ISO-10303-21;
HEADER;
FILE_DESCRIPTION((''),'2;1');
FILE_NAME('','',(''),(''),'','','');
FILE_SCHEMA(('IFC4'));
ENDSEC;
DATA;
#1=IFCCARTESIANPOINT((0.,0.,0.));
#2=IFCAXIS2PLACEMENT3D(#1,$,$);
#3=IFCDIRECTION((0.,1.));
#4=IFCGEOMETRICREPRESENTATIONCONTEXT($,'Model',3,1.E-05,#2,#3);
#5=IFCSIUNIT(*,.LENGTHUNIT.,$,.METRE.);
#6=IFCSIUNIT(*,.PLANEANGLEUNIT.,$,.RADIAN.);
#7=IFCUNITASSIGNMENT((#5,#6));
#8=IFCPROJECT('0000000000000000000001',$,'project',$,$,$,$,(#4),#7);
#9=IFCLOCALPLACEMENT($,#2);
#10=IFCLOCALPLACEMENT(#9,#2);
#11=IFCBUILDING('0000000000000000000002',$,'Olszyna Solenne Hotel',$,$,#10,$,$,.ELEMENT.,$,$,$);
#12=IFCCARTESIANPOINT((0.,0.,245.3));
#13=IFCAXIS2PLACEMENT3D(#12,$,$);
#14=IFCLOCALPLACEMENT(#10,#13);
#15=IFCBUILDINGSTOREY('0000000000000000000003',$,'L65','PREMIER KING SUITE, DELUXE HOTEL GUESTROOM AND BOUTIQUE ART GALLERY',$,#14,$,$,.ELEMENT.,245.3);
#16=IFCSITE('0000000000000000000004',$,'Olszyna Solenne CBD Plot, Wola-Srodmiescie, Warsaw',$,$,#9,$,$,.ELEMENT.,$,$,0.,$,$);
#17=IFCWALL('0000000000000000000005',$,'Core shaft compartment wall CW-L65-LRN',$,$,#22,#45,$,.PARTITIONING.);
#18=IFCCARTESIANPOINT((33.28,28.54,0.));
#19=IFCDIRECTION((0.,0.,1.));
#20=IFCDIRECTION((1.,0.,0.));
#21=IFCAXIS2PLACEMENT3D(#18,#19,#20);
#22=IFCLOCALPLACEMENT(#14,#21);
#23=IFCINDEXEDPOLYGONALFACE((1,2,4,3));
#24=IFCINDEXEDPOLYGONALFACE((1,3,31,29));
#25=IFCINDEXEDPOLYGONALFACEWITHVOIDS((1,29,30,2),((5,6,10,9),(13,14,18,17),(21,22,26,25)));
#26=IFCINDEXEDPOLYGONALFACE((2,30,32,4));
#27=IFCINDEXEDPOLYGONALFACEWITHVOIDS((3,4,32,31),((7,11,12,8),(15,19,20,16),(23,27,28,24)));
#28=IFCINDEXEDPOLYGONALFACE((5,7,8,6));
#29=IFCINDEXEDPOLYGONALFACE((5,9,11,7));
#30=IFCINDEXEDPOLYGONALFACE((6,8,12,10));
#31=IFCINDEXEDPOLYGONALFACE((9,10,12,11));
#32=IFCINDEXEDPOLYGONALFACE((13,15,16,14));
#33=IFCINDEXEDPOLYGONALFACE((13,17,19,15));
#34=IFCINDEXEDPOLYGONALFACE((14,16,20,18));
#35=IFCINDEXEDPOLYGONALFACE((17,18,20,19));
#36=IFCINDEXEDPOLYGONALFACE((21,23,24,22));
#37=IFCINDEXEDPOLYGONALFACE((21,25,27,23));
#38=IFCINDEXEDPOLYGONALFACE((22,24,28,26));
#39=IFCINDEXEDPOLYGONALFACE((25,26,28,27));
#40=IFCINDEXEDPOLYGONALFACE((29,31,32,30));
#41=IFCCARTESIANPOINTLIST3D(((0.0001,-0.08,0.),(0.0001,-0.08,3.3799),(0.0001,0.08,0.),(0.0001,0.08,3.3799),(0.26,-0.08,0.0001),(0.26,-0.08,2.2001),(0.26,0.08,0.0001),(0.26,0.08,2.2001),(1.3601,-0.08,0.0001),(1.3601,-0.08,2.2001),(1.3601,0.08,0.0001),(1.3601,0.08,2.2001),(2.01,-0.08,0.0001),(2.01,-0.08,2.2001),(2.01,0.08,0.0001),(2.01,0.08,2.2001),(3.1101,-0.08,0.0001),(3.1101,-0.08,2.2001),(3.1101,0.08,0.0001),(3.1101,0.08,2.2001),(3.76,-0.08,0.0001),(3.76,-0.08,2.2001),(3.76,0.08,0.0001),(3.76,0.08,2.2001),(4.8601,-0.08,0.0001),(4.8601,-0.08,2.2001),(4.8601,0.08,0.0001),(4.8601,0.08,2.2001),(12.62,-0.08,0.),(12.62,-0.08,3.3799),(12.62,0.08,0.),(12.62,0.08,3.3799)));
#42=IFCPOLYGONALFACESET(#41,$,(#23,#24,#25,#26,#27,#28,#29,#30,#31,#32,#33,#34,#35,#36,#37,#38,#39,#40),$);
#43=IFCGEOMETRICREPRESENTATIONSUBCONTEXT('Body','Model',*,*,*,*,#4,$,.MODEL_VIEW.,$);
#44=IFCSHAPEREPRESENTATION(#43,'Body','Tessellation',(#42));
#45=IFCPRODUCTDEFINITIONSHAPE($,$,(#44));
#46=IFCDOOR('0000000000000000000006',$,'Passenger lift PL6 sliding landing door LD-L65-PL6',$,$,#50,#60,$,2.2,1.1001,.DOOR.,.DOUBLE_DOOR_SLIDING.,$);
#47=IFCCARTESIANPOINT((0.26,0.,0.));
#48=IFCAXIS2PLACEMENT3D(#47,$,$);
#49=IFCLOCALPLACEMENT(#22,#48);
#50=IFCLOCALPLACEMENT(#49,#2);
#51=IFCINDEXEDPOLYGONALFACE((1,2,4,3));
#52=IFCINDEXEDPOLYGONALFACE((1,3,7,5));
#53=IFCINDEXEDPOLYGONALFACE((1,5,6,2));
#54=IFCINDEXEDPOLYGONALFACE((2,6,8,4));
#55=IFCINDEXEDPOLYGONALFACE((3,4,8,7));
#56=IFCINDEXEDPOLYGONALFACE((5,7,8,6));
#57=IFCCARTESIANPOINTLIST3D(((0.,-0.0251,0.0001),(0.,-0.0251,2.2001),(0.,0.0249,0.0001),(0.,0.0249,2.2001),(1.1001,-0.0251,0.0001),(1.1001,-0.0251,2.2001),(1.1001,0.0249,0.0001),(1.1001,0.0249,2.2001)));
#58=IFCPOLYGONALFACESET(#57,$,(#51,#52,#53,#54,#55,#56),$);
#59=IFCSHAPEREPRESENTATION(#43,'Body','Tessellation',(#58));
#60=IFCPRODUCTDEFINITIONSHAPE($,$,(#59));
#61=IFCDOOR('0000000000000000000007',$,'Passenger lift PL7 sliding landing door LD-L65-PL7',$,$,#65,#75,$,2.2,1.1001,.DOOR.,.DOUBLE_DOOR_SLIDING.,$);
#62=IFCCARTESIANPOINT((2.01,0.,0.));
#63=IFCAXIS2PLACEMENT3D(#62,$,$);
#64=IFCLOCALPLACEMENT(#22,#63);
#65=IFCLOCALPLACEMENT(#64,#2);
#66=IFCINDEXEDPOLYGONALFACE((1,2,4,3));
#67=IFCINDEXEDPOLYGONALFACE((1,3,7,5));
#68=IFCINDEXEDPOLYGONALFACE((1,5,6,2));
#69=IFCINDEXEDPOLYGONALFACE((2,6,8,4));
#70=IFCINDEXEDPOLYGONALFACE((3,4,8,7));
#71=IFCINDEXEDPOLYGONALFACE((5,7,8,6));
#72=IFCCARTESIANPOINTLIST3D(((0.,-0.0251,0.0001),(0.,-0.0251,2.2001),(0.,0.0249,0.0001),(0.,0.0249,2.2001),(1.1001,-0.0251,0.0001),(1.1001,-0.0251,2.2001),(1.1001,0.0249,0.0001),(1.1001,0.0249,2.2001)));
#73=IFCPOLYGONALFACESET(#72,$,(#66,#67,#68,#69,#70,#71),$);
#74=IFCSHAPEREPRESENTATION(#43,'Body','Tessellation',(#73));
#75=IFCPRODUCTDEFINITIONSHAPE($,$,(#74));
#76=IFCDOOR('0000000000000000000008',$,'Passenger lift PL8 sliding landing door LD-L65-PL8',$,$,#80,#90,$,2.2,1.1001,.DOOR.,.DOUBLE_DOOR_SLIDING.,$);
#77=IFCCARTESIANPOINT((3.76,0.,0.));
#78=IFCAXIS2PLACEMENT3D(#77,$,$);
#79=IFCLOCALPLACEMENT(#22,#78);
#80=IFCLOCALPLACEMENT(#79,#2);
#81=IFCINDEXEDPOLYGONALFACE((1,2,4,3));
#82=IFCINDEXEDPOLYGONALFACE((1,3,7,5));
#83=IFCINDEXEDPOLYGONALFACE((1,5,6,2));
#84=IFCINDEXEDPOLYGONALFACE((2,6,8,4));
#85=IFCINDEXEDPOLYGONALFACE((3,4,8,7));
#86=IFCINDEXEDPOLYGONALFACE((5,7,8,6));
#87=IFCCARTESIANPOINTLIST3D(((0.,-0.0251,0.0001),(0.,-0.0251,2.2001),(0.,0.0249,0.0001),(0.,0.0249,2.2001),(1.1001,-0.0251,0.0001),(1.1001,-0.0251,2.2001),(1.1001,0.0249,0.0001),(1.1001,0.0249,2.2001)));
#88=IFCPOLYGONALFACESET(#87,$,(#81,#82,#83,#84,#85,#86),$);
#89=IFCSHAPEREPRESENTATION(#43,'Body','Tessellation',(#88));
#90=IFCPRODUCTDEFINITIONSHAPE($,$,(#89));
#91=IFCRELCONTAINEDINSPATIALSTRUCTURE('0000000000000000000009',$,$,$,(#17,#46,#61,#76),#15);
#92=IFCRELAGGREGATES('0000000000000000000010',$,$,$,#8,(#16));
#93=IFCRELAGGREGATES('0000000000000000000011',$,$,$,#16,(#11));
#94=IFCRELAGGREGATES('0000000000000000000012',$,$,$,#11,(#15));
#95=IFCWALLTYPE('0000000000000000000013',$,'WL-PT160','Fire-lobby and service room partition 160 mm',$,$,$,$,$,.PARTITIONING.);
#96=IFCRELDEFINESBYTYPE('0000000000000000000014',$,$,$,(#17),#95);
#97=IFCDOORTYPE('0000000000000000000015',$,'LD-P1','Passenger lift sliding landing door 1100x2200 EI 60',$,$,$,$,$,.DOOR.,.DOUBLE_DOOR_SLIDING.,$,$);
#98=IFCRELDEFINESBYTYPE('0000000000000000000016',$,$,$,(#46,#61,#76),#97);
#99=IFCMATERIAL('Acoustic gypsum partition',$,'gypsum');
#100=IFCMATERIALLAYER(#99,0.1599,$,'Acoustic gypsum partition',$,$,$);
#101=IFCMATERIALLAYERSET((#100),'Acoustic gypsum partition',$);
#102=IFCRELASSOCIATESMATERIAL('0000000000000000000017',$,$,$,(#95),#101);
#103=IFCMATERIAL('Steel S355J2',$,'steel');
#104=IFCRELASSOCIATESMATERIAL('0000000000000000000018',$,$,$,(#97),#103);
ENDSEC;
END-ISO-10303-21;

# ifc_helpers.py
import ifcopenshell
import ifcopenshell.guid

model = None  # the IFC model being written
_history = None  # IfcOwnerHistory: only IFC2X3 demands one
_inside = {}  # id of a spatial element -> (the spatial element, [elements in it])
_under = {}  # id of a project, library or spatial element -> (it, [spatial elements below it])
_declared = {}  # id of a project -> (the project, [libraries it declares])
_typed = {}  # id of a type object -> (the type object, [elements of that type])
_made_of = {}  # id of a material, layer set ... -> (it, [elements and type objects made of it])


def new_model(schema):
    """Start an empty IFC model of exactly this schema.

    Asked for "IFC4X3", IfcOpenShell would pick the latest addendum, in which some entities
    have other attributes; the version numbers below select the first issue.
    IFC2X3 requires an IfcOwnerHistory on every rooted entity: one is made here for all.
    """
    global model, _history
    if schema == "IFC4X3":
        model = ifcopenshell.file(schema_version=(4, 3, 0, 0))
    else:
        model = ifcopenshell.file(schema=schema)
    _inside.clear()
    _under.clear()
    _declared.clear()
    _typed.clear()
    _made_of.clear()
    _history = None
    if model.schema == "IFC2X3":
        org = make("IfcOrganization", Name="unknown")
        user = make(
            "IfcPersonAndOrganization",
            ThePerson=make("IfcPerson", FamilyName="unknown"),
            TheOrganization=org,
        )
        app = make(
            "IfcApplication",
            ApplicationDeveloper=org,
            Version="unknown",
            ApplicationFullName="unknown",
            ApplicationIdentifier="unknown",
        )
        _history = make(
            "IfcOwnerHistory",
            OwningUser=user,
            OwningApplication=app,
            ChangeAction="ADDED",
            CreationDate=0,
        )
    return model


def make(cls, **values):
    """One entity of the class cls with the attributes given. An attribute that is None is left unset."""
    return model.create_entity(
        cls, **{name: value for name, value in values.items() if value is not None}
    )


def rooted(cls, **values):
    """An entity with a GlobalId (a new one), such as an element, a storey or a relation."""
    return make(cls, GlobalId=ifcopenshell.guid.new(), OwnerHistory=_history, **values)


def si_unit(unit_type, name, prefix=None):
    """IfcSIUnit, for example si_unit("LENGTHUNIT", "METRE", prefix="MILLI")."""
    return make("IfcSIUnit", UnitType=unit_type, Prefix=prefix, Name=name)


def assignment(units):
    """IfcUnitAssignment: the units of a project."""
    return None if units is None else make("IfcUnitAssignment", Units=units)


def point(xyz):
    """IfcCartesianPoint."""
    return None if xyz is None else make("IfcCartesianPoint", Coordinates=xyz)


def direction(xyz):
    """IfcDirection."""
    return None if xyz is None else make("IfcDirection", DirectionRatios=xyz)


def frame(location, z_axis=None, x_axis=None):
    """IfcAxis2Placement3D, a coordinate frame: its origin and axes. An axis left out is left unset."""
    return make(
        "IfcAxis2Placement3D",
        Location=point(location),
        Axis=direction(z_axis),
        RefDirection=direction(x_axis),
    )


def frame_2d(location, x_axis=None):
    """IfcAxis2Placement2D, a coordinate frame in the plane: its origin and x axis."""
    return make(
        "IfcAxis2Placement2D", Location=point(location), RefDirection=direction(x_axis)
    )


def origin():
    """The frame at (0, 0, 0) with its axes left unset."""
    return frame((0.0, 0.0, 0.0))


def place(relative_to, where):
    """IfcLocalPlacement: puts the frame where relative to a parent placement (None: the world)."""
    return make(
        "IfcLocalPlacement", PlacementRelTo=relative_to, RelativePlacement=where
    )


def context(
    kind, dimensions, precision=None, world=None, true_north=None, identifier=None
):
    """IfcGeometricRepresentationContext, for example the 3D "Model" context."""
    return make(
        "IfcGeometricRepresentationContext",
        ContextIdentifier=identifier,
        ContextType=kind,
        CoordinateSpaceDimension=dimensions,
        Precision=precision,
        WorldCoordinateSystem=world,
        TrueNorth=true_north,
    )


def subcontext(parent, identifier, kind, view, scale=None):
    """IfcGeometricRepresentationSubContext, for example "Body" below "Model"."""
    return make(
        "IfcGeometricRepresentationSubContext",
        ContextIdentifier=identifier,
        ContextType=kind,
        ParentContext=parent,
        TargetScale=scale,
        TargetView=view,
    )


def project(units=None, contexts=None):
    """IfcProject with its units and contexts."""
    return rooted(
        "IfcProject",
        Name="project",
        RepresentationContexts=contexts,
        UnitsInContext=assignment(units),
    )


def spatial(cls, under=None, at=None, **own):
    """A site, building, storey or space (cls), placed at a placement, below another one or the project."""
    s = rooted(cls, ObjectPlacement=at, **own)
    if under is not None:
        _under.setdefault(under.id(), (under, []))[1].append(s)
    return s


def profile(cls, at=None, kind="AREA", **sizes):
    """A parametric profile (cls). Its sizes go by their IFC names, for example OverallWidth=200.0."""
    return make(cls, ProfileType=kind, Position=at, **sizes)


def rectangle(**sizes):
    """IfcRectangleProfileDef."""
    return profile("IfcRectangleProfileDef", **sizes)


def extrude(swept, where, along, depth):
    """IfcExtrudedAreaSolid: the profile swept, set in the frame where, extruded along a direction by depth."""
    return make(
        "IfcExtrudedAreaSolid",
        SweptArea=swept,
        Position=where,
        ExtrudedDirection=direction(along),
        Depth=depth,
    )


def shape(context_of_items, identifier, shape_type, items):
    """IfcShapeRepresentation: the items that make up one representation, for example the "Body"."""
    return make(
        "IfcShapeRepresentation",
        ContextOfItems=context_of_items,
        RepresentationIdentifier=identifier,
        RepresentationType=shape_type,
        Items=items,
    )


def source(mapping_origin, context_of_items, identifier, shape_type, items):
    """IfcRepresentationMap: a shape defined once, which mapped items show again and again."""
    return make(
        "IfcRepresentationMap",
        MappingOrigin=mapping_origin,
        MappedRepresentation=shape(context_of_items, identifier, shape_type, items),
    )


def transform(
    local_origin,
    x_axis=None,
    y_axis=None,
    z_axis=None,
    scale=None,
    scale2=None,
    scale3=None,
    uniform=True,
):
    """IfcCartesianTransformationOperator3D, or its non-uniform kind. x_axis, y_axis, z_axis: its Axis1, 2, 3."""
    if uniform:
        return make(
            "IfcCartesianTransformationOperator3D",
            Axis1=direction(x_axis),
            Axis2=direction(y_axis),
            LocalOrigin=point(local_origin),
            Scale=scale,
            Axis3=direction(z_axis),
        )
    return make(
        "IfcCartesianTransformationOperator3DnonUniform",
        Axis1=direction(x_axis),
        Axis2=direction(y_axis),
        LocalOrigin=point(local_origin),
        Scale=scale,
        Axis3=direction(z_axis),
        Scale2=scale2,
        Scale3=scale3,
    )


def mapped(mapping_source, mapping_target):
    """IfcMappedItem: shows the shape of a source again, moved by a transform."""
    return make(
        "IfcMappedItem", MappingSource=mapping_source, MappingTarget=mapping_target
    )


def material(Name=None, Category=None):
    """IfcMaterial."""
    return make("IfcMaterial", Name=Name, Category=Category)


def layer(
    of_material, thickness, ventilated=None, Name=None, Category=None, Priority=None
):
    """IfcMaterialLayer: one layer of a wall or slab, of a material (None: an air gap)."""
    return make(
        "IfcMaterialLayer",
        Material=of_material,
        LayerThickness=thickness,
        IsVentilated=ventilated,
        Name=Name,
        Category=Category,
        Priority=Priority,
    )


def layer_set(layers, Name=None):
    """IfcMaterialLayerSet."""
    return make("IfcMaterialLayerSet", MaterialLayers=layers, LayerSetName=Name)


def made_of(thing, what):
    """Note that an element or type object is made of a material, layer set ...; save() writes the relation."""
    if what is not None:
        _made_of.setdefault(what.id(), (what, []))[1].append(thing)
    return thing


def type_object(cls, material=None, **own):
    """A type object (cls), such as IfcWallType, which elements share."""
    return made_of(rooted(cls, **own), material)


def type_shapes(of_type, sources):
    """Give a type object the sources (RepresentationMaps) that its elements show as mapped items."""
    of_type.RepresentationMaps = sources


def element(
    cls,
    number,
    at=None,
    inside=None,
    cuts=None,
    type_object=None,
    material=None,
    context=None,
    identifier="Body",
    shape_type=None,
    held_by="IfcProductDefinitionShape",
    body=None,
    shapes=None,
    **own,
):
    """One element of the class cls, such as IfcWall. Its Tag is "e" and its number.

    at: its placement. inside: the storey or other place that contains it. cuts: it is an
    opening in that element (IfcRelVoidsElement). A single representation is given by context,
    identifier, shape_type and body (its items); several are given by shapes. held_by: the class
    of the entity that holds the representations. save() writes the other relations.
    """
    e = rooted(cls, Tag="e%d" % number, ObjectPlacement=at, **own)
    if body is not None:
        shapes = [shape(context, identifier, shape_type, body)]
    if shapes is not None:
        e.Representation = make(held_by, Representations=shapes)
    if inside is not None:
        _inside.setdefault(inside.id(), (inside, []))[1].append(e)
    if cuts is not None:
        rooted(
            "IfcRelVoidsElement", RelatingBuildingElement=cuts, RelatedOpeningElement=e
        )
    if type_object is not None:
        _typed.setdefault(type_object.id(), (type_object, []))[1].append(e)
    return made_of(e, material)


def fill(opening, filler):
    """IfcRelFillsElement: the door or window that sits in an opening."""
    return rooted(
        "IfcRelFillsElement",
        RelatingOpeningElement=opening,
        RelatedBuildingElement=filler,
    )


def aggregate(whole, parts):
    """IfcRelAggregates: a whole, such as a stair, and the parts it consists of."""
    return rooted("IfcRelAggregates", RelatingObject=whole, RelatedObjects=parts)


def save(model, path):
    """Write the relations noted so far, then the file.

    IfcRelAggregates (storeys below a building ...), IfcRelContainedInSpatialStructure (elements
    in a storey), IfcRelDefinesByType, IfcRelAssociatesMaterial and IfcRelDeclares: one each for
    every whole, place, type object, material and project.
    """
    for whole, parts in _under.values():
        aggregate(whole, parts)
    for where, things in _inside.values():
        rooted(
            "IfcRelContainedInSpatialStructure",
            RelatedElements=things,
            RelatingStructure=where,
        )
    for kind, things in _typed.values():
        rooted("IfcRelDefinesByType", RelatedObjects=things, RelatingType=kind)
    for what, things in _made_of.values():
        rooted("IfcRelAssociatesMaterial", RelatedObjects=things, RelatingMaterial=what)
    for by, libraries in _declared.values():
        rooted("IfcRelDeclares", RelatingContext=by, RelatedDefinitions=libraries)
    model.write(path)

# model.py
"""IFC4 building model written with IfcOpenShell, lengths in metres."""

from ifc_helpers import new_model, si_unit, direction, frame, frame_2d, origin, place, context, subcontext, project, spatial, rectangle, extrude, source, transform, mapped, material, layer, layer_set, type_object, type_shapes, element, fill, save


model = new_model("IFC4")

# Units and contexts
model_context = context("Model", 3, precision=1e-05, world=origin(), true_north=direction((0.0, 1.0)))
body_context = subcontext(model_context, "Body", "Model", "MODEL_VIEW")
ifc_project = project(units=[si_unit("LENGTHUNIT", "METRE"), si_unit("PLANEANGLEUNIT", "RADIAN")], contexts=[model_context])

# Site, building, storey
site_placement = place(None, origin())
site = spatial("IfcSite", under=ifc_project, at=site_placement, Name="Olszyna Solenne CBD Plot, Wola-Srodmiescie, Warsaw", CompositionType="ELEMENT", RefElevation=0.0)
building_placement = place(site_placement, origin())
building = spatial("IfcBuilding", under=site, at=building_placement, Name="Olszyna Solenne Hotel", CompositionType="ELEMENT")
storey_placement = place(building_placement, frame((0.0, 0.0, 245.3)))
storey = spatial("IfcBuildingStorey", under=building, at=storey_placement, Name="L65", Description="PREMIER KING SUITE, DELUXE HOTEL GUESTROOM AND BOUTIQUE ART GALLERY", CompositionType="ELEMENT", Elevation=245.3)

# Shared definitions
ifc_material_1 = material(Name="Steel S355J2", Category="steel")

# Shared definitions
ifc_material_2 = material(Name="Acoustic gypsum partition", Category="gypsum")
ifc_layer_1 = layer(ifc_material_2, 0.1599, Name="Acoustic gypsum partition")
ifc_layer_set_1 = layer_set([ifc_layer_1], Name="Acoustic gypsum partition")
wall_type_1 = type_object("IfcWallType", Name="WL-PT160", Description="Fire-lobby and service room partition 160 mm", PredefinedType="PARTITIONING", material=ifc_layer_set_1)

# Wall, openings, doors
door_type_1 = type_object("IfcDoorType", Name="LD-P1", Description="Passenger lift sliding landing door 1100x2200 EI 60", OperationType="DOUBLE_DOOR_SLIDING", PredefinedType="DOOR", material=ifc_material_1)
shared_shape_1 = source(origin(), body_context, "Body", "SweptSolid", [
    extrude(rectangle(XDim=1.1001, YDim=2.2, at=frame_2d((0.55, 1.1001))), frame((0.0, 0.0249, 0.0), z_axis=(0.0, -1.0, 0.0), x_axis=(1.0, 0.0, 0.0)), (0.0, 0.0, 1.0), 0.05),
])
type_shapes(door_type_1, [shared_shape_1])
wall_1_placement = place(storey_placement, frame((33.28, 28.54, 0.0), z_axis=(0.0, 0.0, 1.0), x_axis=(1.0, 0.0, 0.0)))
wall_1 = element("IfcWall", 1, at=wall_1_placement, inside=storey, type_object=wall_type_1, Name="Core shaft compartment wall CW-L65-LRN", PredefinedType="PARTITIONING", context=body_context, shape_type="SweptSolid", body=[
    extrude(rectangle(XDim=12.6199, YDim=0.1599, at=frame_2d((6.3101, 0.0))), origin(), (0.0, 0.0, 1.0), 3.3799),
])
opening_1_placement = place(wall_1_placement, frame((0.26, 0.0, 0.0)))
opening_1 = element("IfcOpeningElement", 2, at=opening_1_placement, cuts=wall_1, PredefinedType="OPENING", context=body_context, shape_type="SweptSolid", body=[
    extrude(rectangle(XDim=1.1001, YDim=2.2, at=frame_2d((0.55, 1.1001))), frame((0.0, 0.0898, 0.0), z_axis=(0.0, -1.0, 0.0), x_axis=(1.0, 0.0, 0.0)), (0.0, 0.0, 1.0), 0.1799),
])
opening_2_placement = place(wall_1_placement, frame((2.01, 0.0, 0.0)))
opening_2 = element("IfcOpeningElement", 3, at=opening_2_placement, cuts=wall_1, PredefinedType="OPENING", context=body_context, shape_type="SweptSolid", body=[
    extrude(rectangle(XDim=1.1001, YDim=2.2, at=frame_2d((0.55, 1.1001))), frame((0.0, 0.0898, 0.0), z_axis=(0.0, -1.0, 0.0), x_axis=(1.0, 0.0, 0.0)), (0.0, 0.0, 1.0), 0.1799),
])
opening_3_placement = place(wall_1_placement, frame((3.76, 0.0, 0.0)))
opening_3 = element("IfcOpeningElement", 4, at=opening_3_placement, cuts=wall_1, PredefinedType="OPENING", context=body_context, shape_type="SweptSolid", body=[
    extrude(rectangle(XDim=1.1001, YDim=2.2, at=frame_2d((0.55, 1.1001))), frame((0.0, 0.0898, 0.0), z_axis=(0.0, -1.0, 0.0), x_axis=(1.0, 0.0, 0.0)), (0.0, 0.0, 1.0), 0.1799),
])
door_1_placement = place(opening_1_placement, origin())
door_1 = element("IfcDoor", 5, at=door_1_placement, inside=storey, type_object=door_type_1, Name="Passenger lift PL6 sliding landing door LD-L65-PL6", OperationType="DOUBLE_DOOR_SLIDING", OverallHeight=2.2, OverallWidth=1.1001, PredefinedType="DOOR", context=body_context, shape_type="MappedRepresentation", body=[
    mapped(shared_shape_1, transform((0.0, 0.0, 0.0), x_axis=(1.0, 0.0, 0.0), y_axis=(0.0, 1.0, 0.0), z_axis=(0.0, 0.0, 1.0), scale=1.0)),
])
fill(opening_1, door_1)
door_2_placement = place(opening_2_placement, origin())
door_2 = element("IfcDoor", 6, at=door_2_placement, inside=storey, type_object=door_type_1, Name="Passenger lift PL7 sliding landing door LD-L65-PL7", OperationType="DOUBLE_DOOR_SLIDING", OverallHeight=2.2, OverallWidth=1.1001, PredefinedType="DOOR", context=body_context, shape_type="MappedRepresentation", body=[
    mapped(shared_shape_1, transform((0.0, 0.0, 0.0), x_axis=(1.0, 0.0, 0.0), y_axis=(0.0, 1.0, 0.0), z_axis=(0.0, 0.0, 1.0), scale=1.0)),
])
fill(opening_2, door_2)
door_3_placement = place(opening_3_placement, origin())
door_3 = element("IfcDoor", 7, at=door_3_placement, inside=storey, type_object=door_type_1, Name="Passenger lift PL8 sliding landing door LD-L65-PL8", OperationType="DOUBLE_DOOR_SLIDING", OverallHeight=2.2, OverallWidth=1.1001, PredefinedType="DOOR", context=body_context, shape_type="MappedRepresentation", body=[
    mapped(shared_shape_1, transform((0.0, 0.0, 0.0), x_axis=(1.0, 0.0, 0.0), y_axis=(0.0, 1.0, 0.0), z_axis=(0.0, 0.0, 1.0), scale=1.0)),
])
fill(opening_3, door_3)

save(model, "model.ifc")
